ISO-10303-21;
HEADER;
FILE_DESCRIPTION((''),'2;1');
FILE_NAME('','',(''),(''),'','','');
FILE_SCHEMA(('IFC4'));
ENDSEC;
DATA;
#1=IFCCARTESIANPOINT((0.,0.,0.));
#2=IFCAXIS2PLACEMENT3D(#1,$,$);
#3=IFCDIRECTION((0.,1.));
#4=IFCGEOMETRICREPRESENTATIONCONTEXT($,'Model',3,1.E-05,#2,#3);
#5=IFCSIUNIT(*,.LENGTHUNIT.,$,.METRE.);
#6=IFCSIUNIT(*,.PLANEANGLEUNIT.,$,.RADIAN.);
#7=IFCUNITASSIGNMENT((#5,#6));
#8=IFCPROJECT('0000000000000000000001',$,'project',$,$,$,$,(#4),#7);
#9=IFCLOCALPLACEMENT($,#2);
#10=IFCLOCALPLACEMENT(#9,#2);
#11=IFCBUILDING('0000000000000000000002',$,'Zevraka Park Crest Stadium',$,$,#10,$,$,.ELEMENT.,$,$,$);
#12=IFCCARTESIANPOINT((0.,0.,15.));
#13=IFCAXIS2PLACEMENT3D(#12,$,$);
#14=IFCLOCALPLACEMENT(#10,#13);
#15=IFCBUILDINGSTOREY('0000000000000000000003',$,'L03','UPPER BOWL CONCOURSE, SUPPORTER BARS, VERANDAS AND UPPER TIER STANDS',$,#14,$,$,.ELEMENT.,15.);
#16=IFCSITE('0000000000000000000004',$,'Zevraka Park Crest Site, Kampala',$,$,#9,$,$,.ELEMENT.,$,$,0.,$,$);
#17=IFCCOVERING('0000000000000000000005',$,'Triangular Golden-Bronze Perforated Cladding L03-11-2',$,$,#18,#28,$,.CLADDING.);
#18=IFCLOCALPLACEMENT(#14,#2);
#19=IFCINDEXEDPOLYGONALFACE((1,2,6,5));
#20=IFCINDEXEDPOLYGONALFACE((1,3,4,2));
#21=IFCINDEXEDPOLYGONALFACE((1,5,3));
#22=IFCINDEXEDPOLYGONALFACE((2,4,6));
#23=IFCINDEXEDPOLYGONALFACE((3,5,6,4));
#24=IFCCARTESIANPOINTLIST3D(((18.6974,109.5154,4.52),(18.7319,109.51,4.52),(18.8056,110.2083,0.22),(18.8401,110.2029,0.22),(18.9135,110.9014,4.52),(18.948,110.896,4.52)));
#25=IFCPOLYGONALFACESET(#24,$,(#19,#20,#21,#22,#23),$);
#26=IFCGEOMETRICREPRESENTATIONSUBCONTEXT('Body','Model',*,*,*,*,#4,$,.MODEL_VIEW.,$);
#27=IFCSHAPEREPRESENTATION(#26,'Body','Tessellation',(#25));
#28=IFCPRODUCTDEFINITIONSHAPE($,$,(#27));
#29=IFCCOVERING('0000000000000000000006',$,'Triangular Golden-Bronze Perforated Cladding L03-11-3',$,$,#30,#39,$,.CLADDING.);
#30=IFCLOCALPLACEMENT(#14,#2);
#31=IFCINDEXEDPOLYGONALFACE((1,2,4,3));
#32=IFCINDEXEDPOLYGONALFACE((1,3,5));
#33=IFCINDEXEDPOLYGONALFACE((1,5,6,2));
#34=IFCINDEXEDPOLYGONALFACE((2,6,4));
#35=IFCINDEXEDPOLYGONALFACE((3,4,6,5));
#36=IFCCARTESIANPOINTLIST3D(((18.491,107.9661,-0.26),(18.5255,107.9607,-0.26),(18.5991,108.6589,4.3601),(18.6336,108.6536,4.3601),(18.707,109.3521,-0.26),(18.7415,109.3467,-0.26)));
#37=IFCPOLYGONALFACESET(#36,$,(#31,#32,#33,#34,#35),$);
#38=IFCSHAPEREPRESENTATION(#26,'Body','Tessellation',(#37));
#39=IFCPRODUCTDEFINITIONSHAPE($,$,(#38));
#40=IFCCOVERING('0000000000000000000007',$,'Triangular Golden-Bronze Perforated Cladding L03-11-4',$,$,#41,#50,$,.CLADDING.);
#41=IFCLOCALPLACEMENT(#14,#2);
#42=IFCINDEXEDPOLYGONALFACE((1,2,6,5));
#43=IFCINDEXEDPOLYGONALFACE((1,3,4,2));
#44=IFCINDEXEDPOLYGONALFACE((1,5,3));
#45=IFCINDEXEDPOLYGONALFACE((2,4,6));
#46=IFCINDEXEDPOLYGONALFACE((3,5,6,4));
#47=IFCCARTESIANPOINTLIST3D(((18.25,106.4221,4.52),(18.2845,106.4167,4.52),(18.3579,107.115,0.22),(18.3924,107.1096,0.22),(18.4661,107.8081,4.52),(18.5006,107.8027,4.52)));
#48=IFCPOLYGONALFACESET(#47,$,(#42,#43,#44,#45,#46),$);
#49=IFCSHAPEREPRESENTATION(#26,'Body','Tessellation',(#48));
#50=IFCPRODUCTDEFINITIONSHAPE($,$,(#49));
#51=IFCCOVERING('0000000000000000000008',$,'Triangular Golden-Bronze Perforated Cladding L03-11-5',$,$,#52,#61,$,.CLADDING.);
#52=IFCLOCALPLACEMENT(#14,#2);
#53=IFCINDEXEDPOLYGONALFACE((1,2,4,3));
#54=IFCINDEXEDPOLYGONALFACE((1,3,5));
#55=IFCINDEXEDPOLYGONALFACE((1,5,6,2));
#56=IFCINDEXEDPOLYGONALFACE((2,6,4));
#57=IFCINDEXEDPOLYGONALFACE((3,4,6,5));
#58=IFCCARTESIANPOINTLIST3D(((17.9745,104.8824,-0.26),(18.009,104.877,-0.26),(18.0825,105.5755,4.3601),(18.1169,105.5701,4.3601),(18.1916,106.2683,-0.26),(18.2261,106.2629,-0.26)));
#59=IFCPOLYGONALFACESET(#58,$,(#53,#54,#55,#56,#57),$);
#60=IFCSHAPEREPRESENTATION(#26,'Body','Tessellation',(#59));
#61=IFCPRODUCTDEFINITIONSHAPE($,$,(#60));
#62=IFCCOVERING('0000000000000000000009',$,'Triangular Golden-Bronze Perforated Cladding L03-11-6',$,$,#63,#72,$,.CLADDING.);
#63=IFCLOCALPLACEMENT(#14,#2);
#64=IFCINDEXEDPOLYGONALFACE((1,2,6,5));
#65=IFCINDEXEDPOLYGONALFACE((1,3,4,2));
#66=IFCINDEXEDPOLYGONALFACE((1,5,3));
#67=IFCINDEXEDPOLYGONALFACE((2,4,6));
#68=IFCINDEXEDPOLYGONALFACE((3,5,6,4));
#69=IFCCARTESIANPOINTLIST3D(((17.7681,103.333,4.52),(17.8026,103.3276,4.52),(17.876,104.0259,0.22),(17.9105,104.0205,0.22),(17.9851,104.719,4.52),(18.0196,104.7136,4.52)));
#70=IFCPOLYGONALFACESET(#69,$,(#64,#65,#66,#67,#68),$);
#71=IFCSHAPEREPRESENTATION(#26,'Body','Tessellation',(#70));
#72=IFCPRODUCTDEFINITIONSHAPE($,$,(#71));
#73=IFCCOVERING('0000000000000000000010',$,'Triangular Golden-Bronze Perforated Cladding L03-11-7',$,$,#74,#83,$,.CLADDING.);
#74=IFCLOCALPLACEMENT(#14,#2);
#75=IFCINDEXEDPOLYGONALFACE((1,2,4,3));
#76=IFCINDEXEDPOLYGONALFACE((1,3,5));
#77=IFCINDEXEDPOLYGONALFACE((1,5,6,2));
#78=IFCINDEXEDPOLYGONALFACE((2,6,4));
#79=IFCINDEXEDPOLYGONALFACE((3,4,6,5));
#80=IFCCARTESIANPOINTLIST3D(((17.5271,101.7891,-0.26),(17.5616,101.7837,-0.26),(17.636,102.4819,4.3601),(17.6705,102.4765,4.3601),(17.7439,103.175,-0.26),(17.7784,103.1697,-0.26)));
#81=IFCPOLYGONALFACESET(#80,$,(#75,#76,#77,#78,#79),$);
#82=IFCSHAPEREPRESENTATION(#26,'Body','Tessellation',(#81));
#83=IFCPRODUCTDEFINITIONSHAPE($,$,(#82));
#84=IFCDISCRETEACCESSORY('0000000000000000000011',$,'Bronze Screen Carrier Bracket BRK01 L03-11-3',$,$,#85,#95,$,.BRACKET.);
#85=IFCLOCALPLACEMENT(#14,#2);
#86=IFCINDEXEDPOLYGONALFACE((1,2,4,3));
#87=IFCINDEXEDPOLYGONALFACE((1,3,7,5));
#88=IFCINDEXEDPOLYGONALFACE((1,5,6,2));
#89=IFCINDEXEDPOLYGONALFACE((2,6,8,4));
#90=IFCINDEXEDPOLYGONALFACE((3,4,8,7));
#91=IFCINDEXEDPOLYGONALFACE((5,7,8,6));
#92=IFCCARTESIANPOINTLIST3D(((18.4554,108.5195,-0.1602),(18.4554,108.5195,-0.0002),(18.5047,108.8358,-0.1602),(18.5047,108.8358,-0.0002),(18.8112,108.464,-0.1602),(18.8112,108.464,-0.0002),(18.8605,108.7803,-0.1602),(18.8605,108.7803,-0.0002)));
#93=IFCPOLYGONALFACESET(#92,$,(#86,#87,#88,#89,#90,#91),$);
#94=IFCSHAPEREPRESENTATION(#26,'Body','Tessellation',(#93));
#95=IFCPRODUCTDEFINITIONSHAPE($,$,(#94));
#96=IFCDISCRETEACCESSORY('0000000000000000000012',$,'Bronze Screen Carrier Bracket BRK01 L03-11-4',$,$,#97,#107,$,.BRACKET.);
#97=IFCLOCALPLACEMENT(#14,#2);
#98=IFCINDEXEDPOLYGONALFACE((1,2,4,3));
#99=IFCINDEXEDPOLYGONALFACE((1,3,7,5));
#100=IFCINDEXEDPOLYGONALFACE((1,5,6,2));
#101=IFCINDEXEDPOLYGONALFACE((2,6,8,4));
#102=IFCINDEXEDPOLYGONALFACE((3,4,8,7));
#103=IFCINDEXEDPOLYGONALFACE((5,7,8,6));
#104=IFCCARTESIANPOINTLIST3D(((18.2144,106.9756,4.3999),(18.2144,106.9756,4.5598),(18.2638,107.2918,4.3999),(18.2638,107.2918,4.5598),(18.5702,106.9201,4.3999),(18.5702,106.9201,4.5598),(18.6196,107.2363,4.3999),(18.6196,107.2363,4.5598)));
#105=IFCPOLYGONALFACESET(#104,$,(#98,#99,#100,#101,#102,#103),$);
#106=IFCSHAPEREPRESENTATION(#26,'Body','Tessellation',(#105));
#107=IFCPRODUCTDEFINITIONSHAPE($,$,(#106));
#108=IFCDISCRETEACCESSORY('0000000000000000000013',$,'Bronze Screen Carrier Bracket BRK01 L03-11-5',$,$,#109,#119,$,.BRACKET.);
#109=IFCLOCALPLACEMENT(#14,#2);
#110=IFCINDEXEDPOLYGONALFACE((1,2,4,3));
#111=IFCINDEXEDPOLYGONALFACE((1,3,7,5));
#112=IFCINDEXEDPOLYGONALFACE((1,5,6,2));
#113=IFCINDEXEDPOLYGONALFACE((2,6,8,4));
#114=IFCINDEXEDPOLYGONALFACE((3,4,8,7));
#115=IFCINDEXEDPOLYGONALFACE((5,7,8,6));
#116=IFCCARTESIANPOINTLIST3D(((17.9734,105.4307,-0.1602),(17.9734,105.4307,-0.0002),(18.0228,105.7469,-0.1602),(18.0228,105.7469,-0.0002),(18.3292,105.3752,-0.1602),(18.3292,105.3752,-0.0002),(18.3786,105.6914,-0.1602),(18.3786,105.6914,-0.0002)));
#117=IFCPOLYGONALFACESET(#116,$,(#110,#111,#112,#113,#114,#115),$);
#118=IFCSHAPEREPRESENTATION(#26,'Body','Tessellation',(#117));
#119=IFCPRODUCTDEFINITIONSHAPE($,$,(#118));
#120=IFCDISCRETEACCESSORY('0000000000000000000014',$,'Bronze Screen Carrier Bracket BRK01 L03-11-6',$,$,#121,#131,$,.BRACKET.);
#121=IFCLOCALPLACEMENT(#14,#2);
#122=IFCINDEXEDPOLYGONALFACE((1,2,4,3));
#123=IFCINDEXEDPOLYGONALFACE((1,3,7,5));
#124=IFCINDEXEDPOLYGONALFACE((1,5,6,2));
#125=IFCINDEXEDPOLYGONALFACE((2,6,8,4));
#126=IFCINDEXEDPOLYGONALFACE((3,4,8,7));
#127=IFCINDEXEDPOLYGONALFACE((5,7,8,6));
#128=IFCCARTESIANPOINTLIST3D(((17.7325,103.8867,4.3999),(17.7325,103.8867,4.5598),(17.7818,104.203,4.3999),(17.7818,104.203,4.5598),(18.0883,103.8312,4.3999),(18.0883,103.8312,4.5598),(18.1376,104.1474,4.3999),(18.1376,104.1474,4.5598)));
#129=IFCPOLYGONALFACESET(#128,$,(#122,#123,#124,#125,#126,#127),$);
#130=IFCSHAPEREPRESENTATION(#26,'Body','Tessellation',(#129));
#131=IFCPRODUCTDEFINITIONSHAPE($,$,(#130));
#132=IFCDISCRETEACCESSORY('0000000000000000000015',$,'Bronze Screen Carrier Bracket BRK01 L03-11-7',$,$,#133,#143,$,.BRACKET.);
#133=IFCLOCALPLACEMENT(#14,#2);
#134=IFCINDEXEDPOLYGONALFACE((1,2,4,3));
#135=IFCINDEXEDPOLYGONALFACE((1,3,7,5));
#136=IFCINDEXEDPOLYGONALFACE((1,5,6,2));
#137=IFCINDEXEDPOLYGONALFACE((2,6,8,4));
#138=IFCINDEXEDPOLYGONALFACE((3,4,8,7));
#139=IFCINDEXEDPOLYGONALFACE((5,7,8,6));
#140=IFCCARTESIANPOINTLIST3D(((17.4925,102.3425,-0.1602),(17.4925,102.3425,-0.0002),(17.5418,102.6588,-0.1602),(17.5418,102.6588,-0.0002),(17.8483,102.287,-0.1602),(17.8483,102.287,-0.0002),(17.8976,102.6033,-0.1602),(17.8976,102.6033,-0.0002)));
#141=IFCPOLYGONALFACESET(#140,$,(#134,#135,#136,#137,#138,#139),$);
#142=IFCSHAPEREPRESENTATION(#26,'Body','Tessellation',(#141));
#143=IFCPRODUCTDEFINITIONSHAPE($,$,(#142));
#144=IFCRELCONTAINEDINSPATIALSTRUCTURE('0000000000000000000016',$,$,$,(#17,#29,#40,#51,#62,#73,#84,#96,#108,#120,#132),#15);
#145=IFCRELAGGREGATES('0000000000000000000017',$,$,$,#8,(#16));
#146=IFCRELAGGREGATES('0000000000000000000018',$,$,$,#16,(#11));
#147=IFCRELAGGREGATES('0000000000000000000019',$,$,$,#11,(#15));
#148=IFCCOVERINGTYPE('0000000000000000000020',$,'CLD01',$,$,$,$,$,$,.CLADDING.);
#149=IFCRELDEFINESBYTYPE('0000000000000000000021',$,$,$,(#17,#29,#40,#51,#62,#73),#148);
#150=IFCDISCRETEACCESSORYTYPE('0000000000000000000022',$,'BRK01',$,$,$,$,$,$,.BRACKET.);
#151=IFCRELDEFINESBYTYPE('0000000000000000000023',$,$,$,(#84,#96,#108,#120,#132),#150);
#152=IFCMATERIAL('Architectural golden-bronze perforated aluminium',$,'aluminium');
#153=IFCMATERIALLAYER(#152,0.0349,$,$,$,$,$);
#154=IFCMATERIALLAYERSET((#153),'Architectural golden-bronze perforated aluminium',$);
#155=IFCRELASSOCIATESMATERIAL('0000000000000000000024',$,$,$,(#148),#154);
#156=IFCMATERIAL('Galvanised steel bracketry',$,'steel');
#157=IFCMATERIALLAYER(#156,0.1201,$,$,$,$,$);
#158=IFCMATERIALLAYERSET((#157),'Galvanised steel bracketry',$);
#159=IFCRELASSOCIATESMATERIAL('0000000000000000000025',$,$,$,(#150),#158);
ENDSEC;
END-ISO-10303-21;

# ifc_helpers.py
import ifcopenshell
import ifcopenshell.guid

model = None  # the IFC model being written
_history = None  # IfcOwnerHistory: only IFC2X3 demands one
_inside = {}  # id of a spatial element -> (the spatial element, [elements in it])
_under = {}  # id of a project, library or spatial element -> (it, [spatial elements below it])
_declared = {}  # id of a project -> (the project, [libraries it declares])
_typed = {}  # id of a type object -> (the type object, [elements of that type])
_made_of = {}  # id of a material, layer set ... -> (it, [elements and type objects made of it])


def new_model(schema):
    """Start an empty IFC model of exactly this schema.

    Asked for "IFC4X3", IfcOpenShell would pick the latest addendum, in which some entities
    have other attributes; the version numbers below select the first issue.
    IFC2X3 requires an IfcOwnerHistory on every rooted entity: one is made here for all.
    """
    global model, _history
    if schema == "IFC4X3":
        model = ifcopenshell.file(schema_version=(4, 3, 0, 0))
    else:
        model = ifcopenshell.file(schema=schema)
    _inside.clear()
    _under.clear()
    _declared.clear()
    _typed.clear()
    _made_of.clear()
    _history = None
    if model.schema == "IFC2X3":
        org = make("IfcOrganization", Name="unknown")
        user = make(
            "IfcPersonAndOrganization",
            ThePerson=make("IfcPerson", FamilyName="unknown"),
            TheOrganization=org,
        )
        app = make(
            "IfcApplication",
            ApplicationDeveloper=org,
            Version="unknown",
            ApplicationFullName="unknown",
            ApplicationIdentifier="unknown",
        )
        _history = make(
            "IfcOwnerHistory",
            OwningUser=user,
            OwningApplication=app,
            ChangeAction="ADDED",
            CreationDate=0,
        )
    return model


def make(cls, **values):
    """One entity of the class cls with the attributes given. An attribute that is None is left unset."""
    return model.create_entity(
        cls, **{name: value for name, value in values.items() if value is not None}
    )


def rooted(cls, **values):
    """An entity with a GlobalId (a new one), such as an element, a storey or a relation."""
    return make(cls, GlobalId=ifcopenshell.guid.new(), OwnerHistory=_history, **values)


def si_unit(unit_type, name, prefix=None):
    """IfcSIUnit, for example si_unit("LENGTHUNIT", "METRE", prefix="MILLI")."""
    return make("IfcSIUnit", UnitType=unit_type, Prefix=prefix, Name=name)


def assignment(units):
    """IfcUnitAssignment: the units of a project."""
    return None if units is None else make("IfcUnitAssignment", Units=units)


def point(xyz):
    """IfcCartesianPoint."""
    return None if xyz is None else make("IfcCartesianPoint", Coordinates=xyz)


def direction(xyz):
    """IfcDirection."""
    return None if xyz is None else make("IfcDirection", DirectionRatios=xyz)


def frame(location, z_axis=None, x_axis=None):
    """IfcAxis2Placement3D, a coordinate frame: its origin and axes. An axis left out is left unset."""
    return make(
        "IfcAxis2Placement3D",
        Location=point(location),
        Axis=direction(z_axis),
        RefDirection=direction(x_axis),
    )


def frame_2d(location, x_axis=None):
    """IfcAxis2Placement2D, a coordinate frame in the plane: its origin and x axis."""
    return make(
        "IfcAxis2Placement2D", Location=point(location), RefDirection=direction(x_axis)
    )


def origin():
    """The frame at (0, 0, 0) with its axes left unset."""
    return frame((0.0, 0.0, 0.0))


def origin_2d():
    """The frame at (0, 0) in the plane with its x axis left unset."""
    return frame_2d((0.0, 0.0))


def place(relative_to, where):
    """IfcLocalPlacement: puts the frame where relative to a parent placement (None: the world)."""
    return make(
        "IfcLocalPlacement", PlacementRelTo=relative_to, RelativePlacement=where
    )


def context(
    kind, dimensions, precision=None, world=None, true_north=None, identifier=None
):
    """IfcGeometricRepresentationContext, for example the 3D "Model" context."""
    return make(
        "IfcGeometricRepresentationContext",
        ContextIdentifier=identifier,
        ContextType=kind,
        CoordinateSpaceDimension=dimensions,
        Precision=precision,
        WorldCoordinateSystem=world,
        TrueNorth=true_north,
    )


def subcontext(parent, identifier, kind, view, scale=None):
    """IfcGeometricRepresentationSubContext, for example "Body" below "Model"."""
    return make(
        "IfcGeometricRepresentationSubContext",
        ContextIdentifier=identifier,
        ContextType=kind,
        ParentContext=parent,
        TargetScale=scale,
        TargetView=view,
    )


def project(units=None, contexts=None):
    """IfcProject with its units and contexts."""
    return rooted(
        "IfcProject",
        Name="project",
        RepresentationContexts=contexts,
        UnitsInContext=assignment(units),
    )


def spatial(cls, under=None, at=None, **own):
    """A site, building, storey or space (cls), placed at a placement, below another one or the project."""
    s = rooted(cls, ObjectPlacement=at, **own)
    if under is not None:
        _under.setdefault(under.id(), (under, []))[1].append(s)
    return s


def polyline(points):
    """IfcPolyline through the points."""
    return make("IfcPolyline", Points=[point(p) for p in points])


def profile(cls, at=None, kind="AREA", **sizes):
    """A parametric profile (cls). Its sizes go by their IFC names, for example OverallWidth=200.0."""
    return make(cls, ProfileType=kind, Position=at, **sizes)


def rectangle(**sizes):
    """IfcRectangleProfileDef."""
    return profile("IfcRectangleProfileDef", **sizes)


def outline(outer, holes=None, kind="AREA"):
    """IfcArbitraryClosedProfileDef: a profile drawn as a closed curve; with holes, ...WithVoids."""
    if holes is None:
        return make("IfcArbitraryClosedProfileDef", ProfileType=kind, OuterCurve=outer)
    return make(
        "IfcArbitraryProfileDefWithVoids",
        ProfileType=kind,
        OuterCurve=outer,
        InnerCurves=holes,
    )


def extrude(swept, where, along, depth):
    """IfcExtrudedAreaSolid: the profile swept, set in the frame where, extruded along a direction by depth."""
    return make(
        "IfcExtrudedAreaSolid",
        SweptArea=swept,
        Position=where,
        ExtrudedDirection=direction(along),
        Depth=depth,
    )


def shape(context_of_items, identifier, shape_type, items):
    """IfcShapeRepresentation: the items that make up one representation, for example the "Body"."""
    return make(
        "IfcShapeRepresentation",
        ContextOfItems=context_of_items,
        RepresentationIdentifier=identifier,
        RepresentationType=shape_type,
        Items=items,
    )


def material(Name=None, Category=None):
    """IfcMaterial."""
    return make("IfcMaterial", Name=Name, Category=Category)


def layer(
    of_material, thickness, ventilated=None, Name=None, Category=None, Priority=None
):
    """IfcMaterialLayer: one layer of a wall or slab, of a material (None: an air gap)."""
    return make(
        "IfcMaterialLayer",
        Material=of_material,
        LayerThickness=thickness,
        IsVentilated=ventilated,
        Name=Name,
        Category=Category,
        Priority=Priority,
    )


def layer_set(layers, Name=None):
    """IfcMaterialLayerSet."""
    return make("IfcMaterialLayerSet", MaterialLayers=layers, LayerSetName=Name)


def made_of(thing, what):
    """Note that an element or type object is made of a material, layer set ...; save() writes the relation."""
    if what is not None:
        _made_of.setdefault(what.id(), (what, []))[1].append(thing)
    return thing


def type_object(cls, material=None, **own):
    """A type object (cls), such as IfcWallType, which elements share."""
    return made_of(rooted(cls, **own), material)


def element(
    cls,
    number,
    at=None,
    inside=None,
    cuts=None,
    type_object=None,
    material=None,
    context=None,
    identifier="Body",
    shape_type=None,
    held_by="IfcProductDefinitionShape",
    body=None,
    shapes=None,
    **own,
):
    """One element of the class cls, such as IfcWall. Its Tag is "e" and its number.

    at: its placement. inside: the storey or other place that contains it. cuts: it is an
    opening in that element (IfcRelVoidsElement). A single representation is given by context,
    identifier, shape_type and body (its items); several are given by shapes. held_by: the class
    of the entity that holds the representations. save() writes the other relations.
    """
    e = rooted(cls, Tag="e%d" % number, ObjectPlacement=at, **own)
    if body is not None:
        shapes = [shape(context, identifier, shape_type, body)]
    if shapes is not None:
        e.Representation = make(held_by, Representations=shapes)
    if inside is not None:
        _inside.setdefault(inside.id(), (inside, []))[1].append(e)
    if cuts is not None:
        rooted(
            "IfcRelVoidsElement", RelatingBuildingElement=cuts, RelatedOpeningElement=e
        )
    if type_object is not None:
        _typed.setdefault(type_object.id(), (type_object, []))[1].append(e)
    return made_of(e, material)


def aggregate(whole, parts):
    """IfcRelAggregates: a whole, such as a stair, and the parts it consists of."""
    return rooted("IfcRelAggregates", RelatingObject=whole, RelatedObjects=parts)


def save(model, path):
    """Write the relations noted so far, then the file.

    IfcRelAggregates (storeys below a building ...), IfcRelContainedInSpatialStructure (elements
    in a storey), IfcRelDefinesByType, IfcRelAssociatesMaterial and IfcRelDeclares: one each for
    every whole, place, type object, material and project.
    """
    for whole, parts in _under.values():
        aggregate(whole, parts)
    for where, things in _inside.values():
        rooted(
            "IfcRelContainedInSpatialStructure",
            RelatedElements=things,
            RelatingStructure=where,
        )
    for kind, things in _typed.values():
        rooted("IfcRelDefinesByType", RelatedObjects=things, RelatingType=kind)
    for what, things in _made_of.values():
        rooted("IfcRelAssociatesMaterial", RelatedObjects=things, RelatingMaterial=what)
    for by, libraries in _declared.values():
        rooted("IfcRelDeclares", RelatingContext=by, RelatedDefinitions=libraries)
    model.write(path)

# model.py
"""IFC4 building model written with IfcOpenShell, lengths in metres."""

from ifc_helpers import new_model, si_unit, direction, frame, origin, origin_2d, place, context, subcontext, project, spatial, polyline, rectangle, outline, extrude, material, layer, layer_set, type_object, element, save


model = new_model("IFC4")

# Units and contexts
model_context = context("Model", 3, precision=1e-05, world=origin(), true_north=direction((0.0, 1.0)))
body_context = subcontext(model_context, "Body", "Model", "MODEL_VIEW")
ifc_project = project(units=[si_unit("LENGTHUNIT", "METRE"), si_unit("PLANEANGLEUNIT", "RADIAN")], contexts=[model_context])

# Site, building, storey
site_placement = place(None, origin())
site = spatial("IfcSite", under=ifc_project, at=site_placement, Name="Zevraka Park Crest Site, Kampala", CompositionType="ELEMENT", RefElevation=0.0)
building_placement = place(site_placement, origin())
building = spatial("IfcBuilding", under=site, at=building_placement, Name="Zevraka Park Crest Stadium", CompositionType="ELEMENT")
storey_placement = place(building_placement, frame((0.0, 0.0, 15.0)))
storey = spatial("IfcBuildingStorey", under=building, at=storey_placement, Name="L03", Description="UPPER BOWL CONCOURSE, SUPPORTER BARS, VERANDAS AND UPPER TIER STANDS", CompositionType="ELEMENT", Elevation=15.0)

# Coverings
ifc_material_1 = material(Name="Architectural golden-bronze perforated aluminium", Category="aluminium")
ifc_layer_1 = layer(ifc_material_1, 0.0349)
ifc_layer_set_1 = layer_set([ifc_layer_1], Name="Architectural golden-bronze perforated aluminium")
covering_type = type_object("IfcCoveringType", Name="CLD01", PredefinedType="CLADDING", material=ifc_layer_set_1)
covering_1_placement = place(storey_placement, frame((18.7319, 109.51, 4.52), z_axis=(0.988066, -0.154032, 0.000032), x_axis=(0.154032, 0.988066, 0.0)))
element("IfcCovering", 1, at=covering_1_placement, inside=storey, type_object=covering_type, Name="Triangular Golden-Bronze Perforated Cladding L03-11-2", PredefinedType="CLADDING", context=body_context, shape_type="SweptSolid", body=[
    extrude(outline(polyline([(0.0, 0.0), (1.4027, 0.0), (0.7013, -4.3), (0.0, 0.0)])), origin(), (0.0, 0.0, -1.0), 0.0349),
])
covering_2_placement = place(storey_placement, frame((18.707, 109.3521, -0.26), z_axis=(-0.988066, 0.154032, 0.00003), x_axis=(-0.154032, -0.988066, 0.0)))
element("IfcCovering", 2, at=covering_2_placement, inside=storey, type_object=covering_type, Name="Triangular Golden-Bronze Perforated Cladding L03-11-3", PredefinedType="CLADDING", context=body_context, shape_type="SweptSolid", body=[
    extrude(outline(polyline([(0.0, 0.0), (1.4027, 0.0), (0.7015, 4.6201), (0.0, 0.0)])), origin(), (0.0, 0.0, -1.0), 0.0349),
])
covering_3_placement = place(storey_placement, frame((18.25, 106.4221, 4.52), z_axis=(-0.988066, 0.154032, 0.000024), x_axis=(0.154032, 0.988066, 0.0)))
element("IfcCovering", 3, at=covering_3_placement, inside=storey, type_object=covering_type, Name="Triangular Golden-Bronze Perforated Cladding L03-11-4", PredefinedType="CLADDING", context=body_context, shape_type="SweptSolid", body=[
    extrude(outline(polyline([(0.0, 0.0), (1.4027, 0.0), (0.7012, 4.3), (0.0, 0.0)])), origin(), (0.0, 0.0, -1.0), 0.0349),
])
covering_4_placement = place(storey_placement, frame((18.2261, 106.2629, -0.26), z_axis=(0.98796, -0.154711, 0.000135), x_axis=(-0.154711, -0.98796, 0.0)))
element("IfcCovering", 4, at=covering_4_placement, inside=storey, type_object=covering_type, Name="Triangular Golden-Bronze Perforated Cladding L03-11-5", PredefinedType="CLADDING", context=body_context, shape_type="SweptSolid", body=[
    extrude(outline(polyline([(0.0, 0.0), (1.4029, 0.0), (0.7014, -4.6201), (0.0, 0.0)])), origin(), (0.0, 0.0, -1.0), 0.0349),
])
covering_5_placement = place(storey_placement, frame((17.7681, 103.333, 4.52), z_axis=(-0.98796, 0.154711, 0.000136), x_axis=(0.154711, 0.98796, 0.0)))
element("IfcCovering", 5, at=covering_5_placement, inside=storey, type_object=covering_type, Name="Triangular Golden-Bronze Perforated Cladding L03-11-6", PredefinedType="CLADDING", context=body_context, shape_type="SweptSolid", body=[
    extrude(outline(polyline([(0.0, 0.0), (1.4029, 0.0), (0.7012, 4.3), (0.0, 0.0)])), origin(), (0.0, 0.0, -1.0), 0.0349),
])
covering_6_placement = place(storey_placement, frame((17.7439, 103.175, -0.26), z_axis=(-0.987986, 0.154541, 0.000108), x_axis=(-0.154541, -0.987986, 0.0)))
element("IfcCovering", 6, at=covering_6_placement, inside=storey, type_object=covering_type, Name="Triangular Golden-Bronze Perforated Cladding L03-11-7", PredefinedType="CLADDING", context=body_context, shape_type="SweptSolid", body=[
    extrude(outline(polyline([(0.0, 0.0), (1.4028, 0.0), (0.7015, 4.6201), (0.0, 0.0)])), origin(), (0.0, 0.0, -1.0), 0.0349),
])

# Discrete accessories
ifc_material_2 = material(Name="Galvanised steel bracketry", Category="steel")
ifc_layer_2 = layer(ifc_material_2, 0.1201)
ifc_layer_set_2 = layer_set([ifc_layer_2], Name="Galvanised steel bracketry")
discrete_accessory_type = type_object("IfcDiscreteAccessoryType", Name="BRK01", PredefinedType="BRACKET", material=ifc_layer_set_2)
for number, where, z_axis, x_axis, name in (
    (7, (18.658, 108.6499, -0.1602), (0.0, 0.0, 1.0), (-0.154193, -0.988041, 0.0), "Bronze Screen Carrier Bracket BRK01 L03-11-3"),
    (8, (18.417, 107.106, 4.3999), (0.0, 0.0, 1.0), (-0.154193, -0.988041, 0.0), "Bronze Screen Carrier Bracket BRK01 L03-11-4"),
    (9, (18.176, 105.561, -0.1602), (0.0, 0.0, 1.0), (-0.154193, -0.988041, 0.0), "Bronze Screen Carrier Bracket BRK01 L03-11-5"),
    (10, (17.9351, 104.0171, 4.3999), (0.0, 0.0, 1.0), (-0.154193, -0.988041, 0.0), "Bronze Screen Carrier Bracket BRK01 L03-11-6"),
    (11, (17.6951, 102.4729, -0.1602), (0.0, 0.0, 1.0), (-0.154193, -0.988041, 0.0), "Bronze Screen Carrier Bracket BRK01 L03-11-7"),
):
    element("IfcDiscreteAccessory", number, at=place(storey_placement, frame(where, z_axis=z_axis, x_axis=x_axis)), inside=storey, type_object=discrete_accessory_type, Name=name, PredefinedType="BRACKET", context=body_context, shape_type="SweptSolid", body=[
        extrude(rectangle(XDim=0.3201, YDim=0.3601, at=origin_2d()), origin(), (0.0, 0.0, 1.0), 0.1599),
    ])

save(model, "model.ifc")
